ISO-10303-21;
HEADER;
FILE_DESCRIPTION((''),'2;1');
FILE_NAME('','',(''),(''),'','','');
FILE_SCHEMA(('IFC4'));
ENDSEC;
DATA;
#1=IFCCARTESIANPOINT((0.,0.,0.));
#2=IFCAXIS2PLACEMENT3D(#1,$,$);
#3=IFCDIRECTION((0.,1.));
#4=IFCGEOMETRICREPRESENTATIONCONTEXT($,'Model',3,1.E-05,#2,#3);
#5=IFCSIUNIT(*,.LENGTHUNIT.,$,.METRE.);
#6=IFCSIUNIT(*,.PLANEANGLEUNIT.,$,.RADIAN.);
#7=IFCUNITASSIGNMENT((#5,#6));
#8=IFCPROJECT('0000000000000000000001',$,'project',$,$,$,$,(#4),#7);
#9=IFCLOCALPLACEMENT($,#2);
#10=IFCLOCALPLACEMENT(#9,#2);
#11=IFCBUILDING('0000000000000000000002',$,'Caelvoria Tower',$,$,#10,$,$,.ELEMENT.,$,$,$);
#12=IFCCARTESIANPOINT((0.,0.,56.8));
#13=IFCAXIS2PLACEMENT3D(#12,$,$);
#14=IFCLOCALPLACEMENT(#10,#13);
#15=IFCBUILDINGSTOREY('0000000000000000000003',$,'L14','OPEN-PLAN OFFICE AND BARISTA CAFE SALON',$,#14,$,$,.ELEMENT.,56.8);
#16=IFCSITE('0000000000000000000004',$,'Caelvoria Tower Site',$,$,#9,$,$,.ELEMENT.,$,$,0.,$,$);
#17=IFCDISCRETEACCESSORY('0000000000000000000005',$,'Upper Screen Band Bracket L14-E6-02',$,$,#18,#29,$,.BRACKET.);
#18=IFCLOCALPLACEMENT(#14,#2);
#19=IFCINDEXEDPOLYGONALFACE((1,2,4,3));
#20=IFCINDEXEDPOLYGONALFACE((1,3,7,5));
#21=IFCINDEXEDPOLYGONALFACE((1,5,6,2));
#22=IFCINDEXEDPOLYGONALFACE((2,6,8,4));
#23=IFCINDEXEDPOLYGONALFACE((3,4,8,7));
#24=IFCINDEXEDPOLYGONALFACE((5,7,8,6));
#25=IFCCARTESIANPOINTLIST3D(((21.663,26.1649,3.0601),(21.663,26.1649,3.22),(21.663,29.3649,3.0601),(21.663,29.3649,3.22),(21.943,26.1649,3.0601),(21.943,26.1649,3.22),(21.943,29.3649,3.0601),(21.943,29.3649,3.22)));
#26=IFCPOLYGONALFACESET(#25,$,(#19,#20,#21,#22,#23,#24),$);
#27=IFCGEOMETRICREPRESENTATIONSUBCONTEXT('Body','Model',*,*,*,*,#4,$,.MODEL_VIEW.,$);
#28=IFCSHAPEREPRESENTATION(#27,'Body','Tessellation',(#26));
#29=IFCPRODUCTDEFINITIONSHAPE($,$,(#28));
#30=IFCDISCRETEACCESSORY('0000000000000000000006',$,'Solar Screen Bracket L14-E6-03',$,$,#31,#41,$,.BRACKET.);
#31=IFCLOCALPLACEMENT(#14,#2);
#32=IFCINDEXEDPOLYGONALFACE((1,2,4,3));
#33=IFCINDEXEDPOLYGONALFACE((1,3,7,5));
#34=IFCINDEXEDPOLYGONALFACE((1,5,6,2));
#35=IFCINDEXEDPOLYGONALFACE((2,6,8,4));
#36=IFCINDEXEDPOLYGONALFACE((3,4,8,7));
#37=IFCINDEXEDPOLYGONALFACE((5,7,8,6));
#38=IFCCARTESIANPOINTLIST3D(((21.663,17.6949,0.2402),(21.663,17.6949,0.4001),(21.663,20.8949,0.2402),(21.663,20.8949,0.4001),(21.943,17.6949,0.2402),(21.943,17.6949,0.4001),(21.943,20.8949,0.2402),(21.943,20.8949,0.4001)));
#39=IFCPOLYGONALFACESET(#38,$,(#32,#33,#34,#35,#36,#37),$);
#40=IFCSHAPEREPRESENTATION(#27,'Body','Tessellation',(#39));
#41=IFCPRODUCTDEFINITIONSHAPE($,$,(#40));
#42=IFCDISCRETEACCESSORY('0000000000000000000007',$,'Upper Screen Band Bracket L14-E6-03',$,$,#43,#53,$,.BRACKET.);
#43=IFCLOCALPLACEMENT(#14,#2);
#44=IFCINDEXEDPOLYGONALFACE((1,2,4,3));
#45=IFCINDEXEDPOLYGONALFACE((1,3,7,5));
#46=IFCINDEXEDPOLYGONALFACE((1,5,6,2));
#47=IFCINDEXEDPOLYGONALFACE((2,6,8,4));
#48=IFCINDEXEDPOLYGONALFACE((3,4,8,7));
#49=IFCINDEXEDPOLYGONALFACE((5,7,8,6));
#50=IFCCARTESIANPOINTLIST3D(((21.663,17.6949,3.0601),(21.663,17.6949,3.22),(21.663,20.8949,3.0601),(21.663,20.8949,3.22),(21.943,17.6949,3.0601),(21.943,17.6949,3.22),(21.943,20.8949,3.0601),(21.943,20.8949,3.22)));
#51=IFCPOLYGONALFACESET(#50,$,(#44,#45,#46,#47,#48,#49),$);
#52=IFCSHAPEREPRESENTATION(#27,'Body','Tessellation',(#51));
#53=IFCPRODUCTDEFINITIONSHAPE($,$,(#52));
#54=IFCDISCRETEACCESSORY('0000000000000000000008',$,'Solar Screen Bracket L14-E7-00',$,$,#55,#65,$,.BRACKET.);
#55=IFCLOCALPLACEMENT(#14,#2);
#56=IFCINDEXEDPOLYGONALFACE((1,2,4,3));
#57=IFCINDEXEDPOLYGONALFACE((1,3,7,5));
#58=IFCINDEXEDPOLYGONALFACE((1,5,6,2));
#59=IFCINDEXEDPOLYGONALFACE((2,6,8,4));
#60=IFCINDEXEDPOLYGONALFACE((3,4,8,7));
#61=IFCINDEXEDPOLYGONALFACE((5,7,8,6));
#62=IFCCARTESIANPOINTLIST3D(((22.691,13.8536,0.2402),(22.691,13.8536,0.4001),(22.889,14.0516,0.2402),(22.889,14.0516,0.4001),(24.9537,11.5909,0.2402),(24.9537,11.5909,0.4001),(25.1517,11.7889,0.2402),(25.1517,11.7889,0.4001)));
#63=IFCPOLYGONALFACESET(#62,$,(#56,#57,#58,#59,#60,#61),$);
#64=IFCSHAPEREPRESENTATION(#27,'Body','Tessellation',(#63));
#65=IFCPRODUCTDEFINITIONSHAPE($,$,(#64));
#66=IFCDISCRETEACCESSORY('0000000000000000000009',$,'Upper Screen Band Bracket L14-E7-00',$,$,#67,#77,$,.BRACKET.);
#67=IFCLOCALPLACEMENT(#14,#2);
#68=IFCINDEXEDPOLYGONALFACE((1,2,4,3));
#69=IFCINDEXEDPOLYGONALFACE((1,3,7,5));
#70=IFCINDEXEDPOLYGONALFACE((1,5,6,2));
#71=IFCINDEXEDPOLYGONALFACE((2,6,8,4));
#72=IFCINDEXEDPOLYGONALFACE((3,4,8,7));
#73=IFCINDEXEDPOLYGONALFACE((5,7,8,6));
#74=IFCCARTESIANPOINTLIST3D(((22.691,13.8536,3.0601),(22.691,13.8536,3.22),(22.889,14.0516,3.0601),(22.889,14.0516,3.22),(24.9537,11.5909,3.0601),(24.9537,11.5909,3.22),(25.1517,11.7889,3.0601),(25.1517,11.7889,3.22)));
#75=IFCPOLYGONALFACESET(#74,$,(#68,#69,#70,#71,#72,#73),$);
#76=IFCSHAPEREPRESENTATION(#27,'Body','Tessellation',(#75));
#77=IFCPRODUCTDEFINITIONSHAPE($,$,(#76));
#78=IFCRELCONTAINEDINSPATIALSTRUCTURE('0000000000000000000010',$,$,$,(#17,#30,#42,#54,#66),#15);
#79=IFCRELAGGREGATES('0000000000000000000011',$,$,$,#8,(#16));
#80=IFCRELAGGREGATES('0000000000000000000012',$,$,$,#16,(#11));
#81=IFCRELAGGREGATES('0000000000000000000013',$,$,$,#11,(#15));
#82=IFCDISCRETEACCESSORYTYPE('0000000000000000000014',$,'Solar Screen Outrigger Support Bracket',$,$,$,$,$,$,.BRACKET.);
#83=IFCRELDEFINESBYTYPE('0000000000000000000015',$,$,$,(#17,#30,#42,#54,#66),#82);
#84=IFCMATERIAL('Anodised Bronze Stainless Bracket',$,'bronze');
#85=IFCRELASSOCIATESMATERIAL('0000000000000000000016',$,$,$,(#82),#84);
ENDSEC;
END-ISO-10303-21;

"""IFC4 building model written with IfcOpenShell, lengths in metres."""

from ifc_helpers import new_model, si_unit, direction, frame, origin, origin_2d, place, context, subcontext, project, spatial, rectangle, extrude, material, type_object, element, save


model = new_model("IFC4")

# Units and contexts
model_context = context("Model", 3, precision=1e-05, world=origin(), true_north=direction((0.0, 1.0)))
body_context = subcontext(model_context, "Body", "Model", "MODEL_VIEW")
ifc_project = project(units=[si_unit("LENGTHUNIT", "METRE"), si_unit("PLANEANGLEUNIT", "RADIAN")], contexts=[model_context])

# Site, building, storey
site_placement = place(None, origin())
site = spatial("IfcSite", under=ifc_project, at=site_placement, Name="Caelvoria Tower Site", CompositionType="ELEMENT", RefElevation=0.0)
building_placement = place(site_placement, origin())
building = spatial("IfcBuilding", under=site, at=building_placement, Name="Caelvoria Tower", CompositionType="ELEMENT")
storey_placement = place(building_placement, frame((0.0, 0.0, 56.8)))
storey = spatial("IfcBuildingStorey", under=building, at=storey_placement, Name="L14", Description="OPEN-PLAN OFFICE AND BARISTA CAFE SALON", CompositionType="ELEMENT", Elevation=56.8)

# Discrete accessories
ifc_material_1 = material(Name="Anodised Bronze Stainless Bracket", Category="bronze")
discrete_accessory_type = type_object("IfcDiscreteAccessoryType", Name="Solar Screen Outrigger Support Bracket", PredefinedType="BRACKET", material=ifc_material_1)
for number, where, z_axis, x_axis, name in (
    (1, (21.803, 27.7649, 3.0601), (0.0, 0.0, 1.0), (0.0, -1.0, 0.0), "Upper Screen Band Bracket L14-E6-02"),
    (2, (21.803, 19.2949, 0.2402), (0.0, 0.0, 1.0), (0.0, -1.0, 0.0), "Solar Screen Bracket L14-E6-03"),
    (3, (21.803, 19.2949, 3.0601), (0.0, 0.0, 1.0), (0.0, -1.0, 0.0), "Upper Screen Band Bracket L14-E6-03"),
    (4, (23.9214, 12.8213, 0.2402), (0.0, 0.0, 1.0), (0.707107, -0.707107, 0.0), "Solar Screen Bracket L14-E7-00"),
    (5, (23.9214, 12.8213, 3.0601), (0.0, 0.0, 1.0), (0.707107, -0.707107, 0.0), "Upper Screen Band Bracket L14-E7-00"),
):
    element("IfcDiscreteAccessory", number, at=place(storey_placement, frame(where, z_axis=z_axis, x_axis=x_axis)), inside=storey, type_object=discrete_accessory_type, Name=name, PredefinedType="BRACKET", context=body_context, shape_type="SweptSolid", body=[
        extrude(rectangle(XDim=3.2, YDim=0.28, at=origin_2d()), origin(), (0.0, 0.0, 1.0), 0.1599),
    ])

save(model, "model.ifc")
